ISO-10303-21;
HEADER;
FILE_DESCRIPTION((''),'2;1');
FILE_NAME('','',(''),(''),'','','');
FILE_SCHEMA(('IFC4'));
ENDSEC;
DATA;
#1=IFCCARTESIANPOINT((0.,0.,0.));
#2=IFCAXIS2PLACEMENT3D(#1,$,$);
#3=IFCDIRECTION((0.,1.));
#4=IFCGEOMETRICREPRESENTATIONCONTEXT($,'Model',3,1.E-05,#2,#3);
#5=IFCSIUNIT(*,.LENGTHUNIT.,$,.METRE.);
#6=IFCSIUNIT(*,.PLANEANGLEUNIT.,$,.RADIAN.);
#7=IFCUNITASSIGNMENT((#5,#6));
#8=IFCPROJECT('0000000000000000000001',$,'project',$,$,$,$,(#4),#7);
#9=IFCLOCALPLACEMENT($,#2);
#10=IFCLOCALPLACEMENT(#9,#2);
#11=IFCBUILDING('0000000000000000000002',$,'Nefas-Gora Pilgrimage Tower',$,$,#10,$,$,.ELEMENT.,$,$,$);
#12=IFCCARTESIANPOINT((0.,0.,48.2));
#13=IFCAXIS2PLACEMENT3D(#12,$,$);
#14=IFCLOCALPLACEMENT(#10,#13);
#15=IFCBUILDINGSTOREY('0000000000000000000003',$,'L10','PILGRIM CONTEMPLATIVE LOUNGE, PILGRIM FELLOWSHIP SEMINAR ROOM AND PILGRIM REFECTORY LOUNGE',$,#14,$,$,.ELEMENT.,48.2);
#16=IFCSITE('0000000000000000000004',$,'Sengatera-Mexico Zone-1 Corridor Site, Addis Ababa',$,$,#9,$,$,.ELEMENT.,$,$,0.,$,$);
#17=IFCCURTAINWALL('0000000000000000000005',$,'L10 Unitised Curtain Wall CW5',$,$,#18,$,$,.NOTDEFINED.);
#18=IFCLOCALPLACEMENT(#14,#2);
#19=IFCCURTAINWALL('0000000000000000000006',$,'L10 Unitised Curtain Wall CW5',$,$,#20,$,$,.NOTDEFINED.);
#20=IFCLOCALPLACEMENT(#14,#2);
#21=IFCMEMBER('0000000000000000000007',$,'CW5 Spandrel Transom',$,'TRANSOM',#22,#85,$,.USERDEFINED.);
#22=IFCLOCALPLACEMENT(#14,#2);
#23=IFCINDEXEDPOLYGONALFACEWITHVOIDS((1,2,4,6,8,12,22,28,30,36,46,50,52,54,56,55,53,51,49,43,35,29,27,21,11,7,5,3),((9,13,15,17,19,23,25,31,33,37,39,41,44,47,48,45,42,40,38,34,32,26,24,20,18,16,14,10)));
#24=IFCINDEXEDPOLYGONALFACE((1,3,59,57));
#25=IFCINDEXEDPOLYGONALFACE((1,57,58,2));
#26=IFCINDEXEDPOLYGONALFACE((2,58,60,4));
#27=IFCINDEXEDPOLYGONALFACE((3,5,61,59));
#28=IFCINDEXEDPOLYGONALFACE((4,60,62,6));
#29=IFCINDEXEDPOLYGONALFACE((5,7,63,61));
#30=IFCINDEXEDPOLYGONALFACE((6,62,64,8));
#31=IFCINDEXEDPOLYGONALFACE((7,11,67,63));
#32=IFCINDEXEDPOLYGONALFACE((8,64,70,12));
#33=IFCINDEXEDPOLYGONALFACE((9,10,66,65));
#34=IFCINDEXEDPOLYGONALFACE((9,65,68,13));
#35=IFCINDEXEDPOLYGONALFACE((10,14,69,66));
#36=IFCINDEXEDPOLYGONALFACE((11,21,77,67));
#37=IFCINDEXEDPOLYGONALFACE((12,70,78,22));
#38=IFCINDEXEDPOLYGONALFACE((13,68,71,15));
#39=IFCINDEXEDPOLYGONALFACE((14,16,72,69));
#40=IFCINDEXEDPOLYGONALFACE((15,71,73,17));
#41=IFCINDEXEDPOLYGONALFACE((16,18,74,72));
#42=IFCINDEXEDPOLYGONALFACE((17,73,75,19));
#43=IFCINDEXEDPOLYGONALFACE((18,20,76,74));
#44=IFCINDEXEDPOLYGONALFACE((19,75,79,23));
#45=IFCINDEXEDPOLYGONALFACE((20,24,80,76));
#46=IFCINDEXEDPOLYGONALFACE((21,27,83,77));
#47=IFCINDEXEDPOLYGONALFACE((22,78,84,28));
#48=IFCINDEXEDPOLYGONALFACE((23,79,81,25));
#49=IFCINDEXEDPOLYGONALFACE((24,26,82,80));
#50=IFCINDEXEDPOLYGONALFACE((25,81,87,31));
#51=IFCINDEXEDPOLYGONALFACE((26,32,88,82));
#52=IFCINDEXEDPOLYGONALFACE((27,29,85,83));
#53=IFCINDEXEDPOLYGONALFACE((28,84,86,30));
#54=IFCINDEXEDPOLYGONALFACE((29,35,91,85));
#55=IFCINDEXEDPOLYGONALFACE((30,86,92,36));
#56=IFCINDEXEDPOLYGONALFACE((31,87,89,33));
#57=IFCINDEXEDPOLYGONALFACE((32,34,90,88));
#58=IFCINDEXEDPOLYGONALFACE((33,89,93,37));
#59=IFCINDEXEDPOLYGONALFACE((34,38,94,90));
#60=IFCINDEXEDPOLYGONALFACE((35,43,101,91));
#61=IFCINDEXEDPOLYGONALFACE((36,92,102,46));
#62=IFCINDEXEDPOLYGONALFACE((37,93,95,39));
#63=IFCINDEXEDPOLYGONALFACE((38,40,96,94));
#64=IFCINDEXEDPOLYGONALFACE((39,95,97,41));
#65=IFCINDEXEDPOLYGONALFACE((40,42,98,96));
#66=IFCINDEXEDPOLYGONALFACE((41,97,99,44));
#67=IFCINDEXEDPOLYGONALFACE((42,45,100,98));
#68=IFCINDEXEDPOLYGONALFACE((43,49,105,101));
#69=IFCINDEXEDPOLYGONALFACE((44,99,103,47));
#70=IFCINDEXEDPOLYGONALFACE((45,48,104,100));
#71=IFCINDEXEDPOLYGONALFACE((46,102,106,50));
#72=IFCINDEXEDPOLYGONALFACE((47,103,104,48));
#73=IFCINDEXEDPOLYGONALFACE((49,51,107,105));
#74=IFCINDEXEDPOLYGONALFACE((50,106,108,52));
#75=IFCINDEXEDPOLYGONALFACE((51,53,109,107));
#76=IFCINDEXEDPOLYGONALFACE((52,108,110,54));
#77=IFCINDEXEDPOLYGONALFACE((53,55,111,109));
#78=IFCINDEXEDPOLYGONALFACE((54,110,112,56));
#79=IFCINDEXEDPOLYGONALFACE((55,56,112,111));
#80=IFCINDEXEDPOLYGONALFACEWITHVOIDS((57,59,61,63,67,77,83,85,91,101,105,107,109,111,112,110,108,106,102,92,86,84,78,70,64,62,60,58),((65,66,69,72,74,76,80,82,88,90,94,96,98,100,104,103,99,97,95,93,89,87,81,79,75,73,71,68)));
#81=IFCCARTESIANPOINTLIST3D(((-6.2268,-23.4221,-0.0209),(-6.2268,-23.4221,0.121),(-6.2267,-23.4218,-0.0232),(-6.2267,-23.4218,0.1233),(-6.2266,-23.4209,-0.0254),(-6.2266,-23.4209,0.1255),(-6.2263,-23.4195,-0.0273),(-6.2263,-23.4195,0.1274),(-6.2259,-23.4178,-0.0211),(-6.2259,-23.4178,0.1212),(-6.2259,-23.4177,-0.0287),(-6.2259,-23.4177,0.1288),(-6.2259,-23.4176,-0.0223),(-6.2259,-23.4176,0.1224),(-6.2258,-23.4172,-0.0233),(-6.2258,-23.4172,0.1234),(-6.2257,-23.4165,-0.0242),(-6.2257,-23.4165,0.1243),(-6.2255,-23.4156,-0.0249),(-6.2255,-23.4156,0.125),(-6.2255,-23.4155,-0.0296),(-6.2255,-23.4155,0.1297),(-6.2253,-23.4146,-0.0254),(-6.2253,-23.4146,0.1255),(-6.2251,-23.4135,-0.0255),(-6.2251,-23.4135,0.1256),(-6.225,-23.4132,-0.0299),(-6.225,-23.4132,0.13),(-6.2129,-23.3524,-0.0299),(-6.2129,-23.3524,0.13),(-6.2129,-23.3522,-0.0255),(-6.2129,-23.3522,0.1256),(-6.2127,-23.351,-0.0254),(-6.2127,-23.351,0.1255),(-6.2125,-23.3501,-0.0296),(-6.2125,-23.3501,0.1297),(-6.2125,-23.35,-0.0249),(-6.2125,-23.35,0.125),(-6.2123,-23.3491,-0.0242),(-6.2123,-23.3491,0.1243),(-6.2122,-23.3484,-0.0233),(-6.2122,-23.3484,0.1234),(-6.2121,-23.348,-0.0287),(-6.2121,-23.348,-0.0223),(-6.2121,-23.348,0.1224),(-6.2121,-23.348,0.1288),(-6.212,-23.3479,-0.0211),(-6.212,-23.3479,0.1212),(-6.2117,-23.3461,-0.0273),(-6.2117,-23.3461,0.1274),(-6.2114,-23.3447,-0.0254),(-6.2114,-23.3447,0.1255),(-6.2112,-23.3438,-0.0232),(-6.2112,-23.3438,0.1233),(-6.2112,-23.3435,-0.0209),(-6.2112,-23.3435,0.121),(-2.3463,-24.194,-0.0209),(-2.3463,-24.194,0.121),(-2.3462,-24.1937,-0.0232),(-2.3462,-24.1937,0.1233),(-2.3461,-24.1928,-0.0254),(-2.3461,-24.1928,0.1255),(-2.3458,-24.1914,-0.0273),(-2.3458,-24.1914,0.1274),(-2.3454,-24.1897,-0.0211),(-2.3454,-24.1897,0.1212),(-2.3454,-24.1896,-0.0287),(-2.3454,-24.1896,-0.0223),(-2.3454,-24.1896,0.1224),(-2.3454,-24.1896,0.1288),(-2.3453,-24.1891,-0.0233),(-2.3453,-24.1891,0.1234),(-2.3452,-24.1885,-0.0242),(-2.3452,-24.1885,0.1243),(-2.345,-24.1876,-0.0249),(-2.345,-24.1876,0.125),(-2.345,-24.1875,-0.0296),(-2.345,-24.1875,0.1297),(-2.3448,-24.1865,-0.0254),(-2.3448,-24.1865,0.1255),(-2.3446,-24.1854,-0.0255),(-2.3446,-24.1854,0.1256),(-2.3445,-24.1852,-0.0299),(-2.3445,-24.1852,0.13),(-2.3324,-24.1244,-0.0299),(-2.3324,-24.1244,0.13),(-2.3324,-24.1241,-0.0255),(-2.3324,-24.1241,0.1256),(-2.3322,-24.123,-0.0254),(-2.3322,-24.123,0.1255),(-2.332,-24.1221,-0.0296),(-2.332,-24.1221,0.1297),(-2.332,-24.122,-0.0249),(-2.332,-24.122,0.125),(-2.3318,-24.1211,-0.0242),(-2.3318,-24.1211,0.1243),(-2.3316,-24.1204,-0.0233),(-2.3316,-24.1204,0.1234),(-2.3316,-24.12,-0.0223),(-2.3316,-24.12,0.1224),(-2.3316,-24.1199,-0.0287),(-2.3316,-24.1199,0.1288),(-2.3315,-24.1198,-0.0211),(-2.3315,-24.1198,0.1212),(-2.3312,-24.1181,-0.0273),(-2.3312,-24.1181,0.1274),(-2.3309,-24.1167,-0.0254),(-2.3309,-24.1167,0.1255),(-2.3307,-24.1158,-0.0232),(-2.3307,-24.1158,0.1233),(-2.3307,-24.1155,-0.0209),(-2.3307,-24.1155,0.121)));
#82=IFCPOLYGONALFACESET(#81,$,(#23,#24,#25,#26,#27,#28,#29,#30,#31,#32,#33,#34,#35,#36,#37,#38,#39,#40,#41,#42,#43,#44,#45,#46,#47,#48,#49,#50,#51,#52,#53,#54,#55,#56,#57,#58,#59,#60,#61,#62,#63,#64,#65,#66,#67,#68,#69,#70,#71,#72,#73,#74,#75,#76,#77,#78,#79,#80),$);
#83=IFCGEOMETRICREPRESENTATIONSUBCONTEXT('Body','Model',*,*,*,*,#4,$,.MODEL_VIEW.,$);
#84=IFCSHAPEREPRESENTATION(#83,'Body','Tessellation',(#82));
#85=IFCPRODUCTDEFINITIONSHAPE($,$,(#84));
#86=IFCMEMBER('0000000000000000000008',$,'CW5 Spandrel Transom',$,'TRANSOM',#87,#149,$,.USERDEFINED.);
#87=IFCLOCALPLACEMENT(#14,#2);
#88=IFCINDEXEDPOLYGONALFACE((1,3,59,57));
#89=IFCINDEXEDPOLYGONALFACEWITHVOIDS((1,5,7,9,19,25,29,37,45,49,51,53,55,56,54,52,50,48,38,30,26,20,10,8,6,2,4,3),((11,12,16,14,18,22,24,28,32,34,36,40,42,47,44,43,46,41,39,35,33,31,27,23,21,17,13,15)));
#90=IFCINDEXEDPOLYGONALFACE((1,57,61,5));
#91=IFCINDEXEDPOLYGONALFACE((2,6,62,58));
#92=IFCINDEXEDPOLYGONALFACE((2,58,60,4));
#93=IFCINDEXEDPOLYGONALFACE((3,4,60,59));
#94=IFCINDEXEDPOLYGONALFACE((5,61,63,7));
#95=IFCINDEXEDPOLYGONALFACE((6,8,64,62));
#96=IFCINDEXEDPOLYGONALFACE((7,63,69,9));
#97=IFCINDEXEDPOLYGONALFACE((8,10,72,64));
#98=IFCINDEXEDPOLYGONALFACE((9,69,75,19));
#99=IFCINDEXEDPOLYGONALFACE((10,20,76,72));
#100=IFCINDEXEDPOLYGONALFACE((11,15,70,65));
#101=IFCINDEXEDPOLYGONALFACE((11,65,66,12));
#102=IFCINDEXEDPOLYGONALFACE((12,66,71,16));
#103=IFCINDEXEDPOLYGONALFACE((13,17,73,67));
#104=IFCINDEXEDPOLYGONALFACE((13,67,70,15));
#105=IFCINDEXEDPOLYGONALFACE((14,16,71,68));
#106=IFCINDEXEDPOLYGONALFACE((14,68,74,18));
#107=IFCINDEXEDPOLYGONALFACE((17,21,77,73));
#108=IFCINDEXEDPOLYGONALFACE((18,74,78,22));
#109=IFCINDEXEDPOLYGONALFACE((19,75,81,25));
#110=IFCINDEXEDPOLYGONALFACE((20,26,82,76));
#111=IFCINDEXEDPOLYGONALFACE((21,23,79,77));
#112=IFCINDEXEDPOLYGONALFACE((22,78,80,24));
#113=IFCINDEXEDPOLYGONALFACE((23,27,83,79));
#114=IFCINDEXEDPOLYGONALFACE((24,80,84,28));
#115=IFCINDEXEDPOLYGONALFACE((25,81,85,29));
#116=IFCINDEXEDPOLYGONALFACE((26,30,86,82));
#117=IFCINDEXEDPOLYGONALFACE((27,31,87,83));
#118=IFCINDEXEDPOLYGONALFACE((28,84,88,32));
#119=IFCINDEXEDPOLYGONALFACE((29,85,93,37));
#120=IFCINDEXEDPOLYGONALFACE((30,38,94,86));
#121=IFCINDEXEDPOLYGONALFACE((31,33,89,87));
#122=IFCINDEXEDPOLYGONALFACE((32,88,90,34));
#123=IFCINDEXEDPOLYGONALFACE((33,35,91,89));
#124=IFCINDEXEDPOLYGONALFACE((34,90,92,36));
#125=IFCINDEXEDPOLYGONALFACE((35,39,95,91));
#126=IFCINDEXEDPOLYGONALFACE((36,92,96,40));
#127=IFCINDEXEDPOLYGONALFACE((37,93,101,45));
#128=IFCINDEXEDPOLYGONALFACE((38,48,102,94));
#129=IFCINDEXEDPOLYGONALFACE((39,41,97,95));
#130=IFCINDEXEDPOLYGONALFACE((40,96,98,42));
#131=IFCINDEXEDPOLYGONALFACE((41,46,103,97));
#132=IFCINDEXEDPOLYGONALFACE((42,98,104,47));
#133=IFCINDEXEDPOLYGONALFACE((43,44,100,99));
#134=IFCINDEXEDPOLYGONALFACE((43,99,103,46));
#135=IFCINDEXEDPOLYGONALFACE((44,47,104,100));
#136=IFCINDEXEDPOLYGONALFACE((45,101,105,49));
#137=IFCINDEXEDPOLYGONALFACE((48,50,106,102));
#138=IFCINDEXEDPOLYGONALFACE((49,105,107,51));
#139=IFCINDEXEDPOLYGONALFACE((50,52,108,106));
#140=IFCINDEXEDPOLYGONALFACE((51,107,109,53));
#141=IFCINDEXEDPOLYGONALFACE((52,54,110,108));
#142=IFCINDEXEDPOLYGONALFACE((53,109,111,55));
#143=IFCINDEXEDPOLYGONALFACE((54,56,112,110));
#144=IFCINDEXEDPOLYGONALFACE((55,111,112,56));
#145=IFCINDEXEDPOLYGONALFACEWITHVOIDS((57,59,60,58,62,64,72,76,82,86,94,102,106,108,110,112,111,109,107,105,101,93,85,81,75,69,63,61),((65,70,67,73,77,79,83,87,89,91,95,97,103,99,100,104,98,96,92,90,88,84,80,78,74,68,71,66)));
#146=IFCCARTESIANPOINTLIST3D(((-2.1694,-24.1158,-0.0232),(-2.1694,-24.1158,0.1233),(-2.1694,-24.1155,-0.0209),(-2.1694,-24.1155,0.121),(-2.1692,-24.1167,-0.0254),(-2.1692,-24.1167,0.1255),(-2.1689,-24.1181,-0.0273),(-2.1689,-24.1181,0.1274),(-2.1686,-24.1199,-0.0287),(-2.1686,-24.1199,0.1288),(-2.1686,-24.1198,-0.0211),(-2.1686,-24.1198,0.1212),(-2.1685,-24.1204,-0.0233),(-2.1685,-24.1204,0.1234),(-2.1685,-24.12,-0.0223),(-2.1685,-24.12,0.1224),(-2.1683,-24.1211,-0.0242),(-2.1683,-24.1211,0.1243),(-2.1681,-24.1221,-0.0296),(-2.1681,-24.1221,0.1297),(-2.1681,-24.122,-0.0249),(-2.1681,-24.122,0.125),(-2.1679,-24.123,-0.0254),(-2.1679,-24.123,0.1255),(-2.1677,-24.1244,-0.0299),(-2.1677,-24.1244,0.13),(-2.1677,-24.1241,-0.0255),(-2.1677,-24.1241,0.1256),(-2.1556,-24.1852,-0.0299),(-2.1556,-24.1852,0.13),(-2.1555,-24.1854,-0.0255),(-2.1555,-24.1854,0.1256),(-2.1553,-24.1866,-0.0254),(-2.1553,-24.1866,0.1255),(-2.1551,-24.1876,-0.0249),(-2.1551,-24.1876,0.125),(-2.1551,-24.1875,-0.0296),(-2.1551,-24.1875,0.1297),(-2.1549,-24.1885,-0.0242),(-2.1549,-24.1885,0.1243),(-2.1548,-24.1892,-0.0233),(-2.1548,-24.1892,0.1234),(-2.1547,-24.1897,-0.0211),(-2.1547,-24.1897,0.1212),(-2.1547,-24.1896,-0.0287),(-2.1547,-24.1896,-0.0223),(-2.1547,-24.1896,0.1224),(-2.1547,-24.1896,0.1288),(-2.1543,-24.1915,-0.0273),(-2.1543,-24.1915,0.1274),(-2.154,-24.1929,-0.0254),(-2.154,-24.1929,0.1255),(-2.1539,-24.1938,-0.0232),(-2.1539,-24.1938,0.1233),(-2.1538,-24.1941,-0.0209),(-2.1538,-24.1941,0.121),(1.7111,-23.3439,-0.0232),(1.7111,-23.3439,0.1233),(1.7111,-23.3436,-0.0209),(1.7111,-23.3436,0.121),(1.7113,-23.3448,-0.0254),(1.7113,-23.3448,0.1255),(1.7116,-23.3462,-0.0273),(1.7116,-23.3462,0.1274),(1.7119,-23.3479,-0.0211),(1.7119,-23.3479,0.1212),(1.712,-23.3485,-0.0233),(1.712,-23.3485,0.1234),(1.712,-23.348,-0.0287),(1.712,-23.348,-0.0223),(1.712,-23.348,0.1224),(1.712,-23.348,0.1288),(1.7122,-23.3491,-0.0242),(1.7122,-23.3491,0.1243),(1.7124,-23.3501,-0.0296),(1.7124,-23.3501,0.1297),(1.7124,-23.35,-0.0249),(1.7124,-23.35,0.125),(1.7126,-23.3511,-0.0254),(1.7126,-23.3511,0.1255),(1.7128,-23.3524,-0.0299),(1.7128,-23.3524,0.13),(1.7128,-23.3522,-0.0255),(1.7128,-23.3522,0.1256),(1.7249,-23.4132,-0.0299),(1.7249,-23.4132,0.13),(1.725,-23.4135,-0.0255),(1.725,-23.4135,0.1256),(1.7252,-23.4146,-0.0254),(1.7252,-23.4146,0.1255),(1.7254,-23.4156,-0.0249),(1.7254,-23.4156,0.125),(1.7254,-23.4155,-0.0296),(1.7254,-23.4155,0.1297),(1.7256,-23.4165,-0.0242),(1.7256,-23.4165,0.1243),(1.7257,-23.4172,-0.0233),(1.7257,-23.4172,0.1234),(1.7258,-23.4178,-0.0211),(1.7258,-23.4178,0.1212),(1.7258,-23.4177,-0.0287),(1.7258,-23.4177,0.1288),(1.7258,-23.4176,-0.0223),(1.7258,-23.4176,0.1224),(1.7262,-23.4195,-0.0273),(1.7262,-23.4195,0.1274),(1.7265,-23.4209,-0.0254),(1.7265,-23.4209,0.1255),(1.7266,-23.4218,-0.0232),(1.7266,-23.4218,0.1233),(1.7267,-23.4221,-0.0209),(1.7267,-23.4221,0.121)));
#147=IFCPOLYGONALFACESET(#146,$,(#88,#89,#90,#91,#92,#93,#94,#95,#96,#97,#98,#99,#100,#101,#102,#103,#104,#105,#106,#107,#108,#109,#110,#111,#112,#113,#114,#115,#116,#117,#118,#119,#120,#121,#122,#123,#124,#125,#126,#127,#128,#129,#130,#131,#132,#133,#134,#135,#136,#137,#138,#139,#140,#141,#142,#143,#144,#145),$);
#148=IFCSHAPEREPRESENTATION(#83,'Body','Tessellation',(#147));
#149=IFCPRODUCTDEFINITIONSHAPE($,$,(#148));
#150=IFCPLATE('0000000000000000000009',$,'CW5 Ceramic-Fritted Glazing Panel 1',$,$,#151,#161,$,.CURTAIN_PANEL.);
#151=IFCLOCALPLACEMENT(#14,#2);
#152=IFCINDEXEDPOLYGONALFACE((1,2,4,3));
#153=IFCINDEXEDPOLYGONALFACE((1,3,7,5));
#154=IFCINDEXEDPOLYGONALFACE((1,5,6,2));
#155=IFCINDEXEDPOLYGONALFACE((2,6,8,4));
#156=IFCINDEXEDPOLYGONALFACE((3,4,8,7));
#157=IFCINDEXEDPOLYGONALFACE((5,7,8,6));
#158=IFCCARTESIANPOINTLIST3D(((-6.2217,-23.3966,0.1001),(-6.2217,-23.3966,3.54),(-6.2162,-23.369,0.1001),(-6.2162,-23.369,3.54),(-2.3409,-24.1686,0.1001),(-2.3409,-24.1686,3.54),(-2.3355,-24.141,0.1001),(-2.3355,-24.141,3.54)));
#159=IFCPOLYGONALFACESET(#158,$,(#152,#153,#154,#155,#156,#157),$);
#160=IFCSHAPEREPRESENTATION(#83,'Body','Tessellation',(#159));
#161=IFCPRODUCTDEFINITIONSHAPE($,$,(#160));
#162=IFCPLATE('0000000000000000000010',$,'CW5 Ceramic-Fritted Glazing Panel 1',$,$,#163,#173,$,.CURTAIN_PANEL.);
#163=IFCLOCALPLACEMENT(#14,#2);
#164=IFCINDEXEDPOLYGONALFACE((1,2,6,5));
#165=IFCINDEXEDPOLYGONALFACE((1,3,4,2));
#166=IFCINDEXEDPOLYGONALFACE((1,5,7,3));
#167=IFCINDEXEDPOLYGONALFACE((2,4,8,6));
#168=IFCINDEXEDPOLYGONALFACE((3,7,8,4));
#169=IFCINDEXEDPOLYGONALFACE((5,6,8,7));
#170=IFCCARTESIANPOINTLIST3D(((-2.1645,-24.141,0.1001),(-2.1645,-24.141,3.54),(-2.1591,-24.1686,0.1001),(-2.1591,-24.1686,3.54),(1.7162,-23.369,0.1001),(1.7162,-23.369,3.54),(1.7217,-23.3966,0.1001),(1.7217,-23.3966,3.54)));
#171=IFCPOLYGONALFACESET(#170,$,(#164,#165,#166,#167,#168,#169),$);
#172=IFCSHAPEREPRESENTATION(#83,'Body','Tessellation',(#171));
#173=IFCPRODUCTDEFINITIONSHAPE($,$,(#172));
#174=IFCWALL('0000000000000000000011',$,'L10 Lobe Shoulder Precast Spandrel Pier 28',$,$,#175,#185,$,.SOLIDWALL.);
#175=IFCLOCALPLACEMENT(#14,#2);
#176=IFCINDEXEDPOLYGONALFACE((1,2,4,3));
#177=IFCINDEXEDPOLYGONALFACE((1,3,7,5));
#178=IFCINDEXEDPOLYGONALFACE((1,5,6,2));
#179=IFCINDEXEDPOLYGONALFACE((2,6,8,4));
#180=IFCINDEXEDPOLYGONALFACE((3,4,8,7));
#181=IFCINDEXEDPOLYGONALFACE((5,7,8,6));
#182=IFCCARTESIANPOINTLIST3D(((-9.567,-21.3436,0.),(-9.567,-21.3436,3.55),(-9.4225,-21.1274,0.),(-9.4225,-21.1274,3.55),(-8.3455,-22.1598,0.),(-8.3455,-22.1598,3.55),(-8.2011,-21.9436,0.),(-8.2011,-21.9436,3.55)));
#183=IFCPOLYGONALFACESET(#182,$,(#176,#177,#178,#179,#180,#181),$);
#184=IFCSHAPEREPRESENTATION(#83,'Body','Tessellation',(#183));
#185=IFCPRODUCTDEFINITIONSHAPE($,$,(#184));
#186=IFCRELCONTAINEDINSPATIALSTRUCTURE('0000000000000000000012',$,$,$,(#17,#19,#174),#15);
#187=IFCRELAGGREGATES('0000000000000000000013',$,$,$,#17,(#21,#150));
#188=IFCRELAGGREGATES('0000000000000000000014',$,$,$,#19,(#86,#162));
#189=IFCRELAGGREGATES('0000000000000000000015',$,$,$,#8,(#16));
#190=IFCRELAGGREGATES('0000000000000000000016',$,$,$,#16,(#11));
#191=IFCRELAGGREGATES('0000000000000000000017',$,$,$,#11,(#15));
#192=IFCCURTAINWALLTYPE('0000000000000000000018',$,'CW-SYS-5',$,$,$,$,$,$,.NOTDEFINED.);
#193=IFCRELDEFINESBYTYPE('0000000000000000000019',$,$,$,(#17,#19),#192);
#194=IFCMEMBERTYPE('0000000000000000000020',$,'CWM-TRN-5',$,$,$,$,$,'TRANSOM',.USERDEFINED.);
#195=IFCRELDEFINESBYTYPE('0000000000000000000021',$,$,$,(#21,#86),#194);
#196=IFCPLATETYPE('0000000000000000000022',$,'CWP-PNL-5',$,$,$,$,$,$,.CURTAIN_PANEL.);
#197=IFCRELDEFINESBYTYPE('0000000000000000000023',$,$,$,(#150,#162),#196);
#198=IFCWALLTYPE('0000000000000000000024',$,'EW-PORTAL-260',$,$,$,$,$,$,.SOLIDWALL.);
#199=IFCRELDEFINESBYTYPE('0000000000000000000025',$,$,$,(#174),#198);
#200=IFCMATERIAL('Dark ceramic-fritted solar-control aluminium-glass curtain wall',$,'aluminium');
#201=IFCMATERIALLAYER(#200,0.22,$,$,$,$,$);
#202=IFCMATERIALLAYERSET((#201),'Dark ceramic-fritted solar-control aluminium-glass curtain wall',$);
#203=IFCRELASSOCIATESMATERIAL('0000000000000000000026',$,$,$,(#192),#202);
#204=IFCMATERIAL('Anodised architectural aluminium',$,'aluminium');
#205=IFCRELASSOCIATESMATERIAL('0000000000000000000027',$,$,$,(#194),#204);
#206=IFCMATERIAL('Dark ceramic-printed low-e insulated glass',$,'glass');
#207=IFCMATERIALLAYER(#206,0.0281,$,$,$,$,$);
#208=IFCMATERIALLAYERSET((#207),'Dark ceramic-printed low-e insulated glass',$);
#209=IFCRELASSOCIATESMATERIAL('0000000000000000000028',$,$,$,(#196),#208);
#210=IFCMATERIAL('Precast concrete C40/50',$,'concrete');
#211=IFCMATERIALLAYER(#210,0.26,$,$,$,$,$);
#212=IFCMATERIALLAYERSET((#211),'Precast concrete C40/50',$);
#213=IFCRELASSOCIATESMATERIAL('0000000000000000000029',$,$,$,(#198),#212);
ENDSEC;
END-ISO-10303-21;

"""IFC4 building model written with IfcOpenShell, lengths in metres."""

from ifc_helpers import new_model, si_unit, direction, frame, frame_2d, origin, origin_2d, place, context, subcontext, project, spatial, rectangle, hollow_rectangle, extrude, source, transform, mapped, material, layer, layer_set, material_profile, profile_set, type_object, element, aggregate, save


model = new_model("IFC4")

# Units and contexts
model_context = context("Model", 3, precision=1e-05, world=origin(), true_north=direction((0.0, 1.0)))
body_context = subcontext(model_context, "Body", "Model", "MODEL_VIEW")
ifc_project = project(units=[si_unit("LENGTHUNIT", "METRE"), si_unit("PLANEANGLEUNIT", "RADIAN")], contexts=[model_context])

# Site, building, storey
site_placement = place(None, origin())
site = spatial("IfcSite", under=ifc_project, at=site_placement, Name="Sengatera-Mexico Zone-1 Corridor Site, Addis Ababa", CompositionType="ELEMENT", RefElevation=0.0)
building_placement = place(site_placement, origin())
building = spatial("IfcBuilding", under=site, at=building_placement, Name="Nefas-Gora Pilgrimage Tower", CompositionType="ELEMENT")
storey_placement = place(building_placement, frame((0.0, 0.0, 48.2)))
storey = spatial("IfcBuildingStorey", under=building, at=storey_placement, Name="L10", Description="PILGRIM CONTEMPLATIVE LOUNGE, PILGRIM FELLOWSHIP SEMINAR ROOM AND PILGRIM REFECTORY LOUNGE", CompositionType="ELEMENT", Elevation=48.2)

# Shared definitions
ifc_material_1 = material(Name="Dark ceramic-fritted solar-control aluminium-glass curtain wall", Category="aluminium")
ifc_layer_1 = layer(ifc_material_1, 0.22)
ifc_layer_set_1 = layer_set([ifc_layer_1], Name="Dark ceramic-fritted solar-control aluminium-glass curtain wall")
curtain_wall_type = type_object("IfcCurtainWallType", Name="CW-SYS-5", PredefinedType="NOTDEFINED", material=ifc_layer_set_1)
ifc_material_2 = material(Name="Anodised architectural aluminium", Category="aluminium")

# Curtain wall
curtain_wall_1_placement = place(storey_placement, origin())
curtain_wall_1 = element("IfcCurtainWall", 1, at=curtain_wall_1_placement, inside=storey, type_object=curtain_wall_type, Name="L10 Unitised Curtain Wall CW5", PredefinedType="NOTDEFINED")

# Curtain wall
curtain_wall_2_placement = place(storey_placement, origin())
curtain_wall_2 = element("IfcCurtainWall", 2, at=curtain_wall_2_placement, inside=storey, type_object=curtain_wall_type, Name="L10 Unitised Curtain Wall CW5", PredefinedType="NOTDEFINED")

# Members
ifc_material_profile_1 = material_profile(ifc_material_2, hollow_rectangle(XDim=0.0801, YDim=0.1599, WallThickness=0.0044, InnerFilletRadius=0.0044, OuterFilletRadius=0.009, at=origin_2d()), Name="ALU TRANSOM 80x160")
ifc_profile_set_1 = profile_set([ifc_material_profile_1], Name="Anodised architectural aluminium")
member_type_1 = type_object("IfcMemberType", Name="CWM-TRN-5", ElementType="TRANSOM", PredefinedType="USERDEFINED", material=ifc_profile_set_1)
shared_shape_1 = source(origin(), body_context, "Body", "SweptSolid", [
    extrude(hollow_rectangle(XDim=0.0801, YDim=0.1599, WallThickness=0.0044, InnerFilletRadius=0.0044, OuterFilletRadius=0.009, at=origin_2d()), origin(), (0.0, 0.0, 1.0), 3.9565),
])
member_1_placement = place(storey_placement, frame((-6.219, -23.3828, 0.05), z_axis=(0.980782, -0.195107, 0.0), x_axis=(0.195107, 0.980782, 0.0)))
member_1 = element("IfcMember", 3, at=member_1_placement, type_object=member_type_1, Name="CW5 Spandrel Transom", ObjectType="TRANSOM", PredefinedType="USERDEFINED", context=body_context, shape_type="MappedRepresentation", body=[
    mapped(shared_shape_1, transform((0.0, 0.0, 0.0), x_axis=(1.0, 0.0, 0.0), y_axis=(0.0, 1.0, 0.0), z_axis=(0.0, 0.0, 1.0), scale=1.0)),
])
member_2_placement = place(storey_placement, frame((-2.1616, -24.1548, 0.05), z_axis=(0.980782, 0.195107, 0.0), x_axis=(-0.195107, 0.980782, 0.0)))
member_2 = element("IfcMember", 4, at=member_2_placement, type_object=member_type_1, Name="CW5 Spandrel Transom", ObjectType="TRANSOM", PredefinedType="USERDEFINED", context=body_context, shape_type="MappedRepresentation", body=[
    mapped(shared_shape_1, transform((0.0, 0.0, 0.0), x_axis=(1.0, 0.0, 0.0), y_axis=(0.0, 1.0, 0.0), z_axis=(0.0, 0.0, 1.0), scale=1.0)),
])

# Plates
ifc_material_3 = material(Name="Dark ceramic-printed low-e insulated glass", Category="glass")
ifc_layer_2 = layer(ifc_material_3, 0.0281)
ifc_layer_set_2 = layer_set([ifc_layer_2], Name="Dark ceramic-printed low-e insulated glass")
plate_type = type_object("IfcPlateType", Name="CWP-PNL-5", PredefinedType="CURTAIN_PANEL", material=ifc_layer_set_2)
shared_shape_2 = source(origin(), body_context, "Body", "SweptSolid", [
    extrude(rectangle(XDim=3.9568, YDim=0.0281, at=origin_2d()), origin(), (0.0, 0.0, 1.0), 3.4399),
])
plate_1_placement = place(storey_placement, frame((-4.2786, -23.7688, 0.1001), z_axis=(0.0, 0.0, 1.0), x_axis=(0.980783, -0.195102, 0.0)))
plate_1 = element("IfcPlate", 5, at=plate_1_placement, type_object=plate_type, Name="CW5 Ceramic-Fritted Glazing Panel 1", PredefinedType="CURTAIN_PANEL", context=body_context, shape_type="MappedRepresentation", body=[
    mapped(shared_shape_2, transform((0.0, 0.0, 0.0), x_axis=(1.0, 0.0, 0.0), y_axis=(0.0, 1.0, 0.0), z_axis=(0.0, 0.0, 1.0), scale=1.0)),
])
aggregate(curtain_wall_1, [member_1, plate_1])
plate_2_placement = place(storey_placement, frame((-0.2214, -23.7688, 0.1001), z_axis=(0.0, 0.0, 1.0), x_axis=(0.980783, 0.195102, 0.0)))
plate_2 = element("IfcPlate", 6, at=plate_2_placement, type_object=plate_type, Name="CW5 Ceramic-Fritted Glazing Panel 1", PredefinedType="CURTAIN_PANEL", context=body_context, shape_type="MappedRepresentation", body=[
    mapped(shared_shape_2, transform((0.0, 0.0, 0.0), x_axis=(1.0, 0.0, 0.0), y_axis=(0.0, 1.0, 0.0), z_axis=(0.0, 0.0, 1.0), scale=1.0)),
])
aggregate(curtain_wall_2, [member_2, plate_2])

# Wall
ifc_material_4 = material(Name="Precast concrete C40/50", Category="concrete")
ifc_layer_3 = layer(ifc_material_4, 0.26)
ifc_layer_set_3 = layer_set([ifc_layer_3], Name="Precast concrete C40/50")
wall_type_1 = type_object("IfcWallType", Name="EW-PORTAL-260", PredefinedType="SOLIDWALL", material=ifc_layer_set_3)
shared_shape_3 = source(origin(), body_context, "Body", "SweptSolid", [
    extrude(rectangle(XDim=1.469, YDim=0.26, at=frame_2d((0.7344, 0.0))), origin(), (0.0, 0.0, 1.0), 3.55),
])
wall_1_placement = place(storey_placement, frame((-9.4946, -21.2356, 0.0), z_axis=(0.0, 0.0, 1.0), x_axis=(0.831462, -0.555582, 0.0)))
element("IfcWall", 7, at=wall_1_placement, inside=storey, type_object=wall_type_1, Name="L10 Lobe Shoulder Precast Spandrel Pier 28", PredefinedType="SOLIDWALL", context=body_context, shape_type="MappedRepresentation", body=[
    mapped(shared_shape_3, transform((0.0, 0.0, 0.0), x_axis=(1.0, 0.0, 0.0), y_axis=(0.0, 1.0, 0.0), z_axis=(0.0, 0.0, 1.0), scale=1.0)),
])

save(model, "model.ifc")
